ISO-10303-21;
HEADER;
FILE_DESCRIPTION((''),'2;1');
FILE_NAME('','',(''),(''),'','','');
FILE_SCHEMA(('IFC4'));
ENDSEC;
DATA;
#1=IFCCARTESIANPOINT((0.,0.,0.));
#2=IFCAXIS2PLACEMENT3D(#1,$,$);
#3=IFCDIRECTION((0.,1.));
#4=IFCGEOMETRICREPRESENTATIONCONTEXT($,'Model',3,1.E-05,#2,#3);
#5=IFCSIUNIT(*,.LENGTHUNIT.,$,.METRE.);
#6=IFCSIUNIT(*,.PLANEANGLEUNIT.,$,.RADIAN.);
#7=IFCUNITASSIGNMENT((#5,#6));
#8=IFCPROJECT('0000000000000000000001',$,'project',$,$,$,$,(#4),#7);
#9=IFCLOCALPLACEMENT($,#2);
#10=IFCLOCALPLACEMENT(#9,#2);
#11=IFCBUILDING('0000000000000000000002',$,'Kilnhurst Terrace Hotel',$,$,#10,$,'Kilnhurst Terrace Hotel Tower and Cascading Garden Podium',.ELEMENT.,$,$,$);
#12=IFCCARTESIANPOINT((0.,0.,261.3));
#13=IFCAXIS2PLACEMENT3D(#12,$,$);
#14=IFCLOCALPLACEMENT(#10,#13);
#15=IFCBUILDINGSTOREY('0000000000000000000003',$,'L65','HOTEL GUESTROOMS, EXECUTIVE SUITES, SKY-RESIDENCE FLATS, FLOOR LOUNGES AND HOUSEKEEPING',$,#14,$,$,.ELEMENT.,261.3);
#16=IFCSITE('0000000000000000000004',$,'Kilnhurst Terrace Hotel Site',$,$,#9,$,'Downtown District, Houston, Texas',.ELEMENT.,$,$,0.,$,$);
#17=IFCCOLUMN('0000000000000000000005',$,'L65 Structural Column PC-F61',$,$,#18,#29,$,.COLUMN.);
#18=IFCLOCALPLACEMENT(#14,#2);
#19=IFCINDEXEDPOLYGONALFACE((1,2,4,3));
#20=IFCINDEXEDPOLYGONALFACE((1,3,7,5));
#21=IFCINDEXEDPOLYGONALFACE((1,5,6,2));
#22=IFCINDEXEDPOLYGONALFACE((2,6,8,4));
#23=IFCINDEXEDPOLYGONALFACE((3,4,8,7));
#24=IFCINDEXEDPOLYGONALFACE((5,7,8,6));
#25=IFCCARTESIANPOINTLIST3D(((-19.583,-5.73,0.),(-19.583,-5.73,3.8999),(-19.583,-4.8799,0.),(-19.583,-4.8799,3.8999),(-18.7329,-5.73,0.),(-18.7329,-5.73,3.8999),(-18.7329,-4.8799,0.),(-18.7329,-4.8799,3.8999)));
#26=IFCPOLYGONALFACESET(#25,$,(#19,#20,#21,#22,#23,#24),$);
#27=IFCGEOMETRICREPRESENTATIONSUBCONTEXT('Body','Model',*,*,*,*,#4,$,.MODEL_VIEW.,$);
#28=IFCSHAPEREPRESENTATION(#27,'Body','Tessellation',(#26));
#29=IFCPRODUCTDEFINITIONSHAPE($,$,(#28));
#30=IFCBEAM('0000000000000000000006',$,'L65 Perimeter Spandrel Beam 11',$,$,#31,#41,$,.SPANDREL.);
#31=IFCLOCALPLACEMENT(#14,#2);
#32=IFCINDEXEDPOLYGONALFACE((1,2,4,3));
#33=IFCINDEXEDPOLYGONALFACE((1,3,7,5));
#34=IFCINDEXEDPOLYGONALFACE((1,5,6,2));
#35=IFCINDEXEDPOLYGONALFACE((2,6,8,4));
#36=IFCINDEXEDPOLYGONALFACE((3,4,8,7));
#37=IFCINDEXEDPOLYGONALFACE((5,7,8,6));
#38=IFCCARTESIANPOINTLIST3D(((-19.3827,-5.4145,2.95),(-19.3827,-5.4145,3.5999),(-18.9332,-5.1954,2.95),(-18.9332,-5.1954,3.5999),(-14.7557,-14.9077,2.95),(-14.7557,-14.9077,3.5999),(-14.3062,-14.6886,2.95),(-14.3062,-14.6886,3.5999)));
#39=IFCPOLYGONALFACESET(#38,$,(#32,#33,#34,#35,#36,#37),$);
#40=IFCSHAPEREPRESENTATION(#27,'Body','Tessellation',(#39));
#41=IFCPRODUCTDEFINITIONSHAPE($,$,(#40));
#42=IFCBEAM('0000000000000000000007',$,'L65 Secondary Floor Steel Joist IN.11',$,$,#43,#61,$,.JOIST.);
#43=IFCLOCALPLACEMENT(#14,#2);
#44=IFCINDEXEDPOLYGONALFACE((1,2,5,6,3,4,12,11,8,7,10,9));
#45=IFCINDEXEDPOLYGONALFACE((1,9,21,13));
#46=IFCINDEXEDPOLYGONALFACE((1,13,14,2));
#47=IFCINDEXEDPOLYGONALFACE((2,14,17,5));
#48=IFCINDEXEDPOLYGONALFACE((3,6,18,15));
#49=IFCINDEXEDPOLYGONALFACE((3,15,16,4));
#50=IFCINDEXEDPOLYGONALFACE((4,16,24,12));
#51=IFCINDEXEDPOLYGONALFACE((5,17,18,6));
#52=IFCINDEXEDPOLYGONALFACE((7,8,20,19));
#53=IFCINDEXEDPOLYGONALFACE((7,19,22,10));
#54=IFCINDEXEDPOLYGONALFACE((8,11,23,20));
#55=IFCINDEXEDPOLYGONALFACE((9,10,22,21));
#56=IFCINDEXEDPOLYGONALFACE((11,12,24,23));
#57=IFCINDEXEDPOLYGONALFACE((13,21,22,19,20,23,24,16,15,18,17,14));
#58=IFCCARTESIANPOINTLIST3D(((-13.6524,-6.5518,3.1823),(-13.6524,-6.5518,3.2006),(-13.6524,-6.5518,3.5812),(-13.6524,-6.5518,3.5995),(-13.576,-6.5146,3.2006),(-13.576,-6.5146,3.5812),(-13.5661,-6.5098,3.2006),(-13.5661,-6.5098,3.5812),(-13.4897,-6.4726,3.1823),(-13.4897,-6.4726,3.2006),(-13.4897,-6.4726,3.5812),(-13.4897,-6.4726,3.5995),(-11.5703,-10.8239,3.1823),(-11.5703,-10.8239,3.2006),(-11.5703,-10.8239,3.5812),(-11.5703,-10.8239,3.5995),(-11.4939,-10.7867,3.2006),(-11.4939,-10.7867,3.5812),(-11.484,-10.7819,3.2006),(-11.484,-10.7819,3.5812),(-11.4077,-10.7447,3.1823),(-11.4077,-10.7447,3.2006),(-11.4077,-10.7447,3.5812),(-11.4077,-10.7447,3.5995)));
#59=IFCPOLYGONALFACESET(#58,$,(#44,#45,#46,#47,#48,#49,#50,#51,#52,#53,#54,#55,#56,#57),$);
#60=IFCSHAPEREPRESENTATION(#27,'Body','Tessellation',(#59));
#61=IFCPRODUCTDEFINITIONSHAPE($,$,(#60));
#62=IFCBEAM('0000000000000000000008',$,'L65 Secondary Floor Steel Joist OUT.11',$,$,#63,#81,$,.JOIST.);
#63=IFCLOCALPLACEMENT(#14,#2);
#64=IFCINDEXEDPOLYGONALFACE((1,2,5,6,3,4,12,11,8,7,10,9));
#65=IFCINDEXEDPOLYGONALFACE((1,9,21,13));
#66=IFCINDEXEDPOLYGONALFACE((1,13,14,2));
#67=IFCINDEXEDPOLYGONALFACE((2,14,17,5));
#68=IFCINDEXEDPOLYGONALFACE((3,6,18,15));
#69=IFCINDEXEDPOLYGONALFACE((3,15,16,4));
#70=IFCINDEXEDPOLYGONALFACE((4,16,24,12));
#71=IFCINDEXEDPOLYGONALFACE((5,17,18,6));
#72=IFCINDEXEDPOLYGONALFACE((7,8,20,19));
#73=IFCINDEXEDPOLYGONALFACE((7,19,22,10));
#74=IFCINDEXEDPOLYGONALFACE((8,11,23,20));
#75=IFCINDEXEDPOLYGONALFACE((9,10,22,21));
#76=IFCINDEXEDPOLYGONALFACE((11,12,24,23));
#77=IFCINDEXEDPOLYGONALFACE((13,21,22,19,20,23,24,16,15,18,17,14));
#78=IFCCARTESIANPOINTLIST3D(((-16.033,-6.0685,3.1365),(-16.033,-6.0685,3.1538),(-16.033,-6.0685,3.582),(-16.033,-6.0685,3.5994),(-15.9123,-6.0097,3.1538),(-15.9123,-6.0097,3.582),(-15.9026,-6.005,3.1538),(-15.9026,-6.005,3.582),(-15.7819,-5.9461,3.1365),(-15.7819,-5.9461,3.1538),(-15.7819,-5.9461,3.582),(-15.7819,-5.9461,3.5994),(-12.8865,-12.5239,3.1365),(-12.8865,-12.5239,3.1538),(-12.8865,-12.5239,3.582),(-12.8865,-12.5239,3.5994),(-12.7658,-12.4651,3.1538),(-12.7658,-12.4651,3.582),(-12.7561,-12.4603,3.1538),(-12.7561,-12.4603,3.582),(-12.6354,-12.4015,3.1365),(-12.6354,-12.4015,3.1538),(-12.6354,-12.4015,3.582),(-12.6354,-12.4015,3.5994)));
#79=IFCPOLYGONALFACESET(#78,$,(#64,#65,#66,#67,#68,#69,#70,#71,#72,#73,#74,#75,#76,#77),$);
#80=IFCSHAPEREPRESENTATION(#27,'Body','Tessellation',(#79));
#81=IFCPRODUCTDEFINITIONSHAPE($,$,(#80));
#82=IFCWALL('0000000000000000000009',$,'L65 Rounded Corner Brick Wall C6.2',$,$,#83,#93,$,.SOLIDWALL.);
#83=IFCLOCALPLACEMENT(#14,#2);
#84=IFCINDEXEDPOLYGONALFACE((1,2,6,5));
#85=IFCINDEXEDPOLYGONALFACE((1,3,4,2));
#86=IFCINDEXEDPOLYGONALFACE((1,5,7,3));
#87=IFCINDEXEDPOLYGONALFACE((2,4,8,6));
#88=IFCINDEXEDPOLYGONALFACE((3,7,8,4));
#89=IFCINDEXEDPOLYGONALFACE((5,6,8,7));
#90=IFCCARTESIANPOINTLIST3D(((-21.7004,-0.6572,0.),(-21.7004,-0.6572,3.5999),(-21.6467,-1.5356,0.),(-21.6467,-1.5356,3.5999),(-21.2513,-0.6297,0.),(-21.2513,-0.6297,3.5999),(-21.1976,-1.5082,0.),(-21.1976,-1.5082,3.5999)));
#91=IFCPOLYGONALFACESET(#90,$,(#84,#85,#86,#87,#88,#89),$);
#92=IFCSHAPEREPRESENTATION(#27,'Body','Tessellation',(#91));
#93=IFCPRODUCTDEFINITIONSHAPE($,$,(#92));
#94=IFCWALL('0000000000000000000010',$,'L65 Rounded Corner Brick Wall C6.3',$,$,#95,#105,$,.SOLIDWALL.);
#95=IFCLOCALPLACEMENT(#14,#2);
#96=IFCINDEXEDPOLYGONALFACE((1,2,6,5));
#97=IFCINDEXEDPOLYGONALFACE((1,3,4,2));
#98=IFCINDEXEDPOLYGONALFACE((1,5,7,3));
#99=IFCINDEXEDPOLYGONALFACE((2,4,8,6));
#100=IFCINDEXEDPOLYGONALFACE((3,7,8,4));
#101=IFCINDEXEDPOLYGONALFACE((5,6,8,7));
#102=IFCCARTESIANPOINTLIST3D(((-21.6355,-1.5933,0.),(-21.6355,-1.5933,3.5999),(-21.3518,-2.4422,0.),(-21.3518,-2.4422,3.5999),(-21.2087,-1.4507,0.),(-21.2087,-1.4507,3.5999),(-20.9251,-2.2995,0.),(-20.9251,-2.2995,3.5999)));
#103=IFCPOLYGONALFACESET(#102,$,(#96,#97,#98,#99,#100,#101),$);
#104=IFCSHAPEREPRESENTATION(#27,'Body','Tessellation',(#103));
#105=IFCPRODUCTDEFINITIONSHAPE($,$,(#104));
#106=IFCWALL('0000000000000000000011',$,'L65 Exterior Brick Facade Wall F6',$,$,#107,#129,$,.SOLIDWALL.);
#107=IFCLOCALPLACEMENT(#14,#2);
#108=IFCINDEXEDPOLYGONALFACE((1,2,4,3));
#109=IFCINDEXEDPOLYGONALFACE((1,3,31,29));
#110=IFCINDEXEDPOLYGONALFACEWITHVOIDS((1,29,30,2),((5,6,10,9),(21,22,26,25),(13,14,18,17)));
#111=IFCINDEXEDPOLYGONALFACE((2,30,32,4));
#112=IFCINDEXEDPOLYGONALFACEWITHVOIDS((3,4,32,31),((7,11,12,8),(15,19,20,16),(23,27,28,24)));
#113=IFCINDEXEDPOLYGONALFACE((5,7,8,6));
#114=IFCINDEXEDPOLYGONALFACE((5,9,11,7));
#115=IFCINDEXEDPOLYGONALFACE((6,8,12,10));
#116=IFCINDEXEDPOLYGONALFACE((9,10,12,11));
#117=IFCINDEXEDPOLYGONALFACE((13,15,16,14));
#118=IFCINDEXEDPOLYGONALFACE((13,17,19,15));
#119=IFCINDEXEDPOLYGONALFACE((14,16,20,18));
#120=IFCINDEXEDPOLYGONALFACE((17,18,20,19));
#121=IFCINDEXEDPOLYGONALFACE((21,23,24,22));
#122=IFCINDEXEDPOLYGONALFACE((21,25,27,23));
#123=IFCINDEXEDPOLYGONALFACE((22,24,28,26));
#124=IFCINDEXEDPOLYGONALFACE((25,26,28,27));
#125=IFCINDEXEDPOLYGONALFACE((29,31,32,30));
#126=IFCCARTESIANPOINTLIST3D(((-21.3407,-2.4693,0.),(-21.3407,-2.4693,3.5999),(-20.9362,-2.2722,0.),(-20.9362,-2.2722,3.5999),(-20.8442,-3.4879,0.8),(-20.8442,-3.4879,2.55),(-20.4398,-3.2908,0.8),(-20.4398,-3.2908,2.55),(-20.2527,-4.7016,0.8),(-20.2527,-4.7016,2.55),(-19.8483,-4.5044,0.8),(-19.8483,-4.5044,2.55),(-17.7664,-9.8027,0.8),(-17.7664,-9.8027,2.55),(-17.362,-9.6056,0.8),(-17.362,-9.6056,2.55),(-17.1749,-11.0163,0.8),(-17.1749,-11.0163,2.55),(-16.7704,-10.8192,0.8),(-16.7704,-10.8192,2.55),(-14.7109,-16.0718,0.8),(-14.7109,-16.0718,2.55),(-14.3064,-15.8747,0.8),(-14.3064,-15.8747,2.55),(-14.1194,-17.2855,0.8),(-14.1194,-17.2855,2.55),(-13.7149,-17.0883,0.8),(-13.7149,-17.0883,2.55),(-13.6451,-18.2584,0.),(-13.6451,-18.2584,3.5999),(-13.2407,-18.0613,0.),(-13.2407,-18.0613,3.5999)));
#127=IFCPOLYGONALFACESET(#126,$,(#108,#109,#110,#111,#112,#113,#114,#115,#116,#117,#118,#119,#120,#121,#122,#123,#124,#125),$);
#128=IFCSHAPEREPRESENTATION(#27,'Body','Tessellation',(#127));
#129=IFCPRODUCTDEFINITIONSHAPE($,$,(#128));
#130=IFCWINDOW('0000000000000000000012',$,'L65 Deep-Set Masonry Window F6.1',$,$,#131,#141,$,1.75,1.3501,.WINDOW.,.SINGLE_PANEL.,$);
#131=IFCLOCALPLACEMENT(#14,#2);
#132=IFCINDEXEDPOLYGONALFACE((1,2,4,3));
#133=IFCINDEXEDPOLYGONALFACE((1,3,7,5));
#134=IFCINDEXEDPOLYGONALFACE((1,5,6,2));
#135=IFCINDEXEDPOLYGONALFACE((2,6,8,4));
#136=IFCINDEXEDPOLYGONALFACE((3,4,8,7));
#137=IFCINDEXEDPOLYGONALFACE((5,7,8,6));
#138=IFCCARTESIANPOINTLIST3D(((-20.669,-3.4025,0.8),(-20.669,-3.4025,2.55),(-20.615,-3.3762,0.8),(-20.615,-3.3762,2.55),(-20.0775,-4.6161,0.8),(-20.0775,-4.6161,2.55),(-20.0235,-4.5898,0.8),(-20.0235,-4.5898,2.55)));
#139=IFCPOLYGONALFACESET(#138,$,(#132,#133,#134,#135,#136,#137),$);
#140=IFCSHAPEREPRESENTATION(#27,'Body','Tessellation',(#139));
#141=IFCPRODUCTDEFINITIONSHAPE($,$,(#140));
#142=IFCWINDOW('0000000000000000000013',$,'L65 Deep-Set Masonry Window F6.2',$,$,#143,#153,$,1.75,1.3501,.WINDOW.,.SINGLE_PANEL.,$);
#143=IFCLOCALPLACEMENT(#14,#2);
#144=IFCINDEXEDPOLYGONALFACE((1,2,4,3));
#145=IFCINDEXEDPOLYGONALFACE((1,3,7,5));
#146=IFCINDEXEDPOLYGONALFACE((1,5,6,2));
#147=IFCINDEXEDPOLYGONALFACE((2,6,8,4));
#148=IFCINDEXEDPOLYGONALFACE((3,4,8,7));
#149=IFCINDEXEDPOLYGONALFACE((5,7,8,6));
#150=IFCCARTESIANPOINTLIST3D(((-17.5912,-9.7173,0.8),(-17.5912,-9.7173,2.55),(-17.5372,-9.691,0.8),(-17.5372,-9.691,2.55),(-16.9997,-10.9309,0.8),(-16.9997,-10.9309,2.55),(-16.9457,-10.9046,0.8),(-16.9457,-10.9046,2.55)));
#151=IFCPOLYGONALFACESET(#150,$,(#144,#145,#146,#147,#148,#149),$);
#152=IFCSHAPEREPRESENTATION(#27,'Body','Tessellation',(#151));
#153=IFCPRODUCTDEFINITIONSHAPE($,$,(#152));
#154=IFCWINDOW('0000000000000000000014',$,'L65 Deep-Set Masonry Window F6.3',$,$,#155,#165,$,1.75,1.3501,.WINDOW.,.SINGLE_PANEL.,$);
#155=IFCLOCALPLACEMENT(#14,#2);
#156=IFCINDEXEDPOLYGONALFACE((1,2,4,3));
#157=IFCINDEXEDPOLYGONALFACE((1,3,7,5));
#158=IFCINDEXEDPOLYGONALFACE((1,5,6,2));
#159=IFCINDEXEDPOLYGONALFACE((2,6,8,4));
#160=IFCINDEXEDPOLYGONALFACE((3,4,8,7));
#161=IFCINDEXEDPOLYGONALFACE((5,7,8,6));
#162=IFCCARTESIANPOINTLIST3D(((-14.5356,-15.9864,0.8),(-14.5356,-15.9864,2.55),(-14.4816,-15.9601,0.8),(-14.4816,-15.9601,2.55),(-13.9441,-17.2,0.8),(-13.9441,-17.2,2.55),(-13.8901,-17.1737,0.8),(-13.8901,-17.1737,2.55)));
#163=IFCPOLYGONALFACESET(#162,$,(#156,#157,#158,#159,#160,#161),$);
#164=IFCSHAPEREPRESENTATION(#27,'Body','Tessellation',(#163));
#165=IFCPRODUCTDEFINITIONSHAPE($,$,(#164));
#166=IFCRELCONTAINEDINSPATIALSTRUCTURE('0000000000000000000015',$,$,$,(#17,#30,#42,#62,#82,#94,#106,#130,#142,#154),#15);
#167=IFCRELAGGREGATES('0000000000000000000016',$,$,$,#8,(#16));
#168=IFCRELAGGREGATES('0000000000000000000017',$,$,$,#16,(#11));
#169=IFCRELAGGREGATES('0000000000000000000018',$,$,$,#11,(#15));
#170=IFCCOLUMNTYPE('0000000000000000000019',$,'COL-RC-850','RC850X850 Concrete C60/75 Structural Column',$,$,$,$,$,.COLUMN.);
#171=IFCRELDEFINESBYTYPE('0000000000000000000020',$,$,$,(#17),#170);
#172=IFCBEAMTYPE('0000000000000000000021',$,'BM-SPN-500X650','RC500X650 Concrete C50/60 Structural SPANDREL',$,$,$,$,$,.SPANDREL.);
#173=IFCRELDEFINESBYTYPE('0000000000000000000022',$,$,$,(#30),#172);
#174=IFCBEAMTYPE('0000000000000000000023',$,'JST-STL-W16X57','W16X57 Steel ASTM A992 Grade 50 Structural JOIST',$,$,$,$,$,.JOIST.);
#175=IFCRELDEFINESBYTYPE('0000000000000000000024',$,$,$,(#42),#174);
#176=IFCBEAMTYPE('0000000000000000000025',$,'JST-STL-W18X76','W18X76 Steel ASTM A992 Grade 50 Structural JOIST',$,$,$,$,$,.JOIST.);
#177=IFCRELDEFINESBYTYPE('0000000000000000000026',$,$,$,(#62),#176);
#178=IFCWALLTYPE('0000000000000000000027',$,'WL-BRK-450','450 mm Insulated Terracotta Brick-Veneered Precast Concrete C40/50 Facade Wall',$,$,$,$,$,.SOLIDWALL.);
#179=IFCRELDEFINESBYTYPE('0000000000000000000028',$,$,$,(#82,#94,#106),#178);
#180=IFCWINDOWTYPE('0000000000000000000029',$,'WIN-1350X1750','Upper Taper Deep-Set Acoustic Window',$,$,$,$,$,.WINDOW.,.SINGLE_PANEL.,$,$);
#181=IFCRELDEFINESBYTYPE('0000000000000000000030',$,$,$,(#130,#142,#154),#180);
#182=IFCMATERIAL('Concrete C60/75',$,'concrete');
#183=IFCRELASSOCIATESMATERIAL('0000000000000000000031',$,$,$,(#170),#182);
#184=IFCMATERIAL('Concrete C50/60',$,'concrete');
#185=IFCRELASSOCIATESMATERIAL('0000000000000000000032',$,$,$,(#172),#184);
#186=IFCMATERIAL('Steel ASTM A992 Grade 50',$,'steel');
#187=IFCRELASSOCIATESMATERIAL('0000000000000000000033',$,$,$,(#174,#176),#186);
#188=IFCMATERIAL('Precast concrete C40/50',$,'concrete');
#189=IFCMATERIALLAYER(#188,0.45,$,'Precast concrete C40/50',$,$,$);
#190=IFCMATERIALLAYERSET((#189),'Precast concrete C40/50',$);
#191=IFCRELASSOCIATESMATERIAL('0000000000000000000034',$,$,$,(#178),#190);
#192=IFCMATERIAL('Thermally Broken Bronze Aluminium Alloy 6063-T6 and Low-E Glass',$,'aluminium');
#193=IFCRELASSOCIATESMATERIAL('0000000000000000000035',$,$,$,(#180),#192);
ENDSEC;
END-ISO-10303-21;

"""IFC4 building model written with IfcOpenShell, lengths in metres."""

from ifc_helpers import new_model, si_unit, direction, frame, frame_2d, origin, origin_2d, place, context, subcontext, project, spatial, rectangle, i_section, extrude, material, layer, layer_set, material_profile, profile_set, type_object, element, fill, save


model = new_model("IFC4")

# Units and contexts
model_context = context("Model", 3, precision=1e-05, world=origin(), true_north=direction((0.0, 1.0)))
body_context = subcontext(model_context, "Body", "Model", "MODEL_VIEW")
ifc_project = project(units=[si_unit("LENGTHUNIT", "METRE"), si_unit("PLANEANGLEUNIT", "RADIAN")], contexts=[model_context])

# Site, building, storey
site_placement = place(None, origin())
site = spatial("IfcSite", under=ifc_project, at=site_placement, Name="Kilnhurst Terrace Hotel Site", LongName="Downtown District, Houston, Texas", CompositionType="ELEMENT", RefElevation=0.0)
building_placement = place(site_placement, origin())
building = spatial("IfcBuilding", under=site, at=building_placement, Name="Kilnhurst Terrace Hotel", LongName="Kilnhurst Terrace Hotel Tower and Cascading Garden Podium", CompositionType="ELEMENT")
storey_placement = place(building_placement, frame((0.0, 0.0, 261.3)))
storey = spatial("IfcBuildingStorey", under=building, at=storey_placement, Name="L65", Description="HOTEL GUESTROOMS, EXECUTIVE SUITES, SKY-RESIDENCE FLATS, FLOOR LOUNGES AND HOUSEKEEPING", CompositionType="ELEMENT", Elevation=261.3)

# Column
ifc_material_1 = material(Name="Concrete C60/75", Category="concrete")
ifc_material_profile_1 = material_profile(ifc_material_1, rectangle(XDim=0.8501, YDim=0.8501, at=origin_2d()), Name="RC850X850")
ifc_profile_set_1 = profile_set([ifc_material_profile_1], Name="Concrete C60/75")
column_type = type_object("IfcColumnType", Name="COL-RC-850", Description="RC850X850 Concrete C60/75 Structural Column", PredefinedType="COLUMN", material=ifc_profile_set_1)
column_placement = place(storey_placement, frame((-19.158, -5.3049, 0.0), z_axis=(0.0, 0.0, 1.0), x_axis=(1.0, 0.0, 0.0)))
element("IfcColumn", 1, at=column_placement, inside=storey, type_object=column_type, Name="L65 Structural Column PC-F61", PredefinedType="COLUMN", context=body_context, shape_type="SweptSolid", body=[
    extrude(rectangle(XDim=0.8501, YDim=0.8501, at=origin_2d()), origin(), (0.0, 0.0, 1.0), 3.8999),
])

# Beams
ifc_material_2 = material(Name="Concrete C50/60", Category="concrete")
ifc_material_profile_2 = material_profile(ifc_material_2, rectangle(XDim=0.5, YDim=0.6499, at=origin_2d()), Name="RC500X650")
ifc_profile_set_2 = profile_set([ifc_material_profile_2], Name="Concrete C50/60")
beam_type_1 = type_object("IfcBeamType", Name="BM-SPN-500X650", Description="RC500X650 Concrete C50/60 Structural SPANDREL", PredefinedType="SPANDREL", material=ifc_profile_set_2)
beam_1_placement = place(storey_placement, frame((-19.158, -5.3049, 3.2749), z_axis=(0.438128, -0.898912, 0.0), x_axis=(0.898912, 0.438128, 0.0)))
element("IfcBeam", 2, at=beam_1_placement, inside=storey, type_object=beam_type_1, Name="L65 Perimeter Spandrel Beam 11", PredefinedType="SPANDREL", context=body_context, shape_type="SweptSolid", body=[
    extrude(rectangle(XDim=0.5, YDim=0.6499, at=origin_2d()), origin(), (0.0, 0.0, 1.0), 10.5608),
])
ifc_material_3 = material(Name="Steel ASTM A992 Grade 50", Category="steel")
ifc_material_profile_3 = material_profile(ifc_material_3, i_section(OverallWidth=0.1809, OverallDepth=0.4172, WebThickness=0.011, FlangeThickness=0.0183, at=origin_2d()), Name="W16X57")
ifc_profile_set_3 = profile_set([ifc_material_profile_3], Name="Steel ASTM A992 Grade 50")
beam_type_2 = type_object("IfcBeamType", Name="JST-STL-W16X57", Description="W16X57 Steel ASTM A992 Grade 50 Structural JOIST", PredefinedType="JOIST", material=ifc_profile_set_3)
beam_2_placement = place(storey_placement, frame((-13.571, -6.5122, 3.3909), z_axis=(0.438108, -0.898922, 0.0), x_axis=(0.898922, 0.438108, 0.0)))
element("IfcBeam", 3, at=beam_2_placement, inside=storey, type_object=beam_type_2, Name="L65 Secondary Floor Steel Joist IN.11", PredefinedType="JOIST", context=body_context, shape_type="SweptSolid", body=[
    extrude(i_section(OverallWidth=0.1809, OverallDepth=0.4172, WebThickness=0.011, FlangeThickness=0.0183, at=origin_2d()), origin(), (0.0, 0.0, 1.0), 4.7524),
])
ifc_material_profile_4 = material_profile(ifc_material_3, i_section(OverallWidth=0.2793, OverallDepth=0.4629, WebThickness=0.0107, FlangeThickness=0.0173, at=origin_2d()), Name="W18X76")
ifc_profile_set_4 = profile_set([ifc_material_profile_4], Name="Steel ASTM A992 Grade 50")
beam_type_3 = type_object("IfcBeamType", Name="JST-STL-W18X76", Description="W18X76 Steel ASTM A992 Grade 50 Structural JOIST", PredefinedType="JOIST", material=ifc_profile_set_4)
beam_3_placement = place(storey_placement, frame((-15.9075, -6.0073, 3.3679), z_axis=(0.438148, -0.898903, 0.0), x_axis=(0.898903, 0.438148, 0.0)))
element("IfcBeam", 4, at=beam_3_placement, inside=storey, type_object=beam_type_3, Name="L65 Secondary Floor Steel Joist OUT.11", PredefinedType="JOIST", context=body_context, shape_type="SweptSolid", body=[
    extrude(i_section(OverallWidth=0.2793, OverallDepth=0.4629, WebThickness=0.0107, FlangeThickness=0.0173, at=origin_2d()), origin(), (0.0, 0.0, 1.0), 7.1814),
])

# Walls
ifc_material_4 = material(Name="Precast concrete C40/50", Category="concrete")
ifc_layer_1 = layer(ifc_material_4, 0.45, Name="Precast concrete C40/50")
ifc_layer_set_1 = layer_set([ifc_layer_1], Name="Precast concrete C40/50")
wall_type_1 = type_object("IfcWallType", Name="WL-BRK-450", Description="450 mm Insulated Terracotta Brick-Veneered Precast Concrete C40/50 Facade Wall", PredefinedType="SOLIDWALL", material=ifc_layer_set_1)
wall_1_placement = place(storey_placement, frame((-21.4758, -0.6436, 0.0), z_axis=(0.0, 0.0, 1.0), x_axis=(0.061031, -0.998136, 0.0)))
element("IfcWall", 5, at=wall_1_placement, inside=storey, type_object=wall_type_1, Name="L65 Rounded Corner Brick Wall C6.2", PredefinedType="SOLIDWALL", context=body_context, shape_type="SweptSolid", body=[
    extrude(rectangle(XDim=0.8801, YDim=0.45, at=frame_2d((0.4399, 0.0))), origin(), (0.0, 0.0, 1.0), 3.5999),
])
wall_2_placement = place(storey_placement, frame((-21.4221, -1.522, 0.0), z_axis=(0.0, 0.0, 1.0), x_axis=(0.316964, -0.948438, 0.0)))
element("IfcWall", 6, at=wall_2_placement, inside=storey, type_object=wall_type_1, Name="L65 Rounded Corner Brick Wall C6.3", PredefinedType="SOLIDWALL", context=body_context, shape_type="SweptSolid", body=[
    extrude(rectangle(XDim=0.895, YDim=0.45, at=frame_2d((0.4475, 0.0))), origin(), (0.0, 0.0, 1.0), 3.5999),
])

# Wall, openings, windows
wall_3_placement = place(storey_placement, frame((-21.1384, -2.3708, 0.0), z_axis=(0.0, 0.0, 1.0), x_axis=(0.438128, -0.898913, 0.0)))
wall_3 = element("IfcWall", 7, at=wall_3_placement, inside=storey, type_object=wall_type_1, Name="L65 Exterior Brick Facade Wall F6", PredefinedType="SOLIDWALL", context=body_context, shape_type="SweptSolid", body=[
    extrude(rectangle(XDim=17.5647, YDim=0.45, at=frame_2d((8.7822, 0.0))), origin(), (0.0, 0.0, 1.0), 3.5999),
])
opening_1_placement = place(wall_3_placement, frame((1.1331, 0.0, 0.8)))
opening_1 = element("IfcOpeningElement", 8, at=opening_1_placement, cuts=wall_3, PredefinedType="OPENING", context=body_context, shape_type="SweptSolid", body=[
    extrude(rectangle(XDim=1.3501, YDim=1.75, at=frame_2d((0.675, 0.875))), frame((0.0, 0.2349, 0.0), z_axis=(0.0, -1.0, 0.0), x_axis=(1.0, 0.0, 0.0)), (0.0, 0.0, 1.0), 0.47),
])
opening_2_placement = place(wall_3_placement, frame((8.158, 0.0, 0.8)))
opening_2 = element("IfcOpeningElement", 9, at=opening_2_placement, cuts=wall_3, PredefinedType="OPENING", context=body_context, shape_type="SweptSolid", body=[
    extrude(rectangle(XDim=1.3501, YDim=1.75, at=frame_2d((0.675, 0.875))), frame((0.0, 0.2349, 0.0), z_axis=(0.0, -1.0, 0.0), x_axis=(1.0, 0.0, 0.0)), (0.0, 0.0, 1.0), 0.47),
])
opening_3_placement = place(wall_3_placement, frame((15.1321, 0.0, 0.8)))
opening_3 = element("IfcOpeningElement", 10, at=opening_3_placement, cuts=wall_3, PredefinedType="OPENING", context=body_context, shape_type="SweptSolid", body=[
    extrude(rectangle(XDim=1.3501, YDim=1.75, at=frame_2d((0.675, 0.875))), frame((0.0, 0.2349, 0.0), z_axis=(0.0, -1.0, 0.0), x_axis=(1.0, 0.0, 0.0)), (0.0, 0.0, 1.0), 0.47),
])
ifc_material_5 = material(Name="Thermally Broken Bronze Aluminium Alloy 6063-T6 and Low-E Glass", Category="aluminium")
window_type = type_object("IfcWindowType", Name="WIN-1350X1750", Description="Upper Taper Deep-Set Acoustic Window", PartitioningType="SINGLE_PANEL", PredefinedType="WINDOW", material=ifc_material_5)
window_1_placement = place(opening_1_placement, origin())
window_1 = element("IfcWindow", 11, at=window_1_placement, inside=storey, type_object=window_type, Name="L65 Deep-Set Masonry Window F6.1", OverallHeight=1.75, OverallWidth=1.3501, PartitioningType="SINGLE_PANEL", PredefinedType="WINDOW", context=body_context, shape_type="SweptSolid", body=[
    extrude(rectangle(XDim=1.3501, YDim=1.75, at=frame_2d((0.675, 0.875))), frame((0.0, 0.03, 0.0), z_axis=(0.0, -1.0, 0.0), x_axis=(1.0, 0.0, 0.0)), (0.0, 0.0, 1.0), 0.0601),
])
fill(opening_1, window_1)
window_2_placement = place(opening_2_placement, origin())
window_2 = element("IfcWindow", 12, at=window_2_placement, inside=storey, type_object=window_type, Name="L65 Deep-Set Masonry Window F6.2", OverallHeight=1.75, OverallWidth=1.3501, PartitioningType="SINGLE_PANEL", PredefinedType="WINDOW", context=body_context, shape_type="SweptSolid", body=[
    extrude(rectangle(XDim=1.3501, YDim=1.75, at=frame_2d((0.675, 0.875))), frame((0.0, 0.03, 0.0), z_axis=(0.0, -1.0, 0.0), x_axis=(1.0, 0.0, 0.0)), (0.0, 0.0, 1.0), 0.0601),
])
fill(opening_2, window_2)
window_3_placement = place(opening_3_placement, origin())
window_3 = element("IfcWindow", 13, at=window_3_placement, inside=storey, type_object=window_type, Name="L65 Deep-Set Masonry Window F6.3", OverallHeight=1.75, OverallWidth=1.3501, PartitioningType="SINGLE_PANEL", PredefinedType="WINDOW", context=body_context, shape_type="SweptSolid", body=[
    extrude(rectangle(XDim=1.3501, YDim=1.75, at=frame_2d((0.675, 0.875))), frame((0.0, 0.03, 0.0), z_axis=(0.0, -1.0, 0.0), x_axis=(1.0, 0.0, 0.0)), (0.0, 0.0, 1.0), 0.0601),
])
fill(opening_3, window_3)

save(model, "model.ifc")
